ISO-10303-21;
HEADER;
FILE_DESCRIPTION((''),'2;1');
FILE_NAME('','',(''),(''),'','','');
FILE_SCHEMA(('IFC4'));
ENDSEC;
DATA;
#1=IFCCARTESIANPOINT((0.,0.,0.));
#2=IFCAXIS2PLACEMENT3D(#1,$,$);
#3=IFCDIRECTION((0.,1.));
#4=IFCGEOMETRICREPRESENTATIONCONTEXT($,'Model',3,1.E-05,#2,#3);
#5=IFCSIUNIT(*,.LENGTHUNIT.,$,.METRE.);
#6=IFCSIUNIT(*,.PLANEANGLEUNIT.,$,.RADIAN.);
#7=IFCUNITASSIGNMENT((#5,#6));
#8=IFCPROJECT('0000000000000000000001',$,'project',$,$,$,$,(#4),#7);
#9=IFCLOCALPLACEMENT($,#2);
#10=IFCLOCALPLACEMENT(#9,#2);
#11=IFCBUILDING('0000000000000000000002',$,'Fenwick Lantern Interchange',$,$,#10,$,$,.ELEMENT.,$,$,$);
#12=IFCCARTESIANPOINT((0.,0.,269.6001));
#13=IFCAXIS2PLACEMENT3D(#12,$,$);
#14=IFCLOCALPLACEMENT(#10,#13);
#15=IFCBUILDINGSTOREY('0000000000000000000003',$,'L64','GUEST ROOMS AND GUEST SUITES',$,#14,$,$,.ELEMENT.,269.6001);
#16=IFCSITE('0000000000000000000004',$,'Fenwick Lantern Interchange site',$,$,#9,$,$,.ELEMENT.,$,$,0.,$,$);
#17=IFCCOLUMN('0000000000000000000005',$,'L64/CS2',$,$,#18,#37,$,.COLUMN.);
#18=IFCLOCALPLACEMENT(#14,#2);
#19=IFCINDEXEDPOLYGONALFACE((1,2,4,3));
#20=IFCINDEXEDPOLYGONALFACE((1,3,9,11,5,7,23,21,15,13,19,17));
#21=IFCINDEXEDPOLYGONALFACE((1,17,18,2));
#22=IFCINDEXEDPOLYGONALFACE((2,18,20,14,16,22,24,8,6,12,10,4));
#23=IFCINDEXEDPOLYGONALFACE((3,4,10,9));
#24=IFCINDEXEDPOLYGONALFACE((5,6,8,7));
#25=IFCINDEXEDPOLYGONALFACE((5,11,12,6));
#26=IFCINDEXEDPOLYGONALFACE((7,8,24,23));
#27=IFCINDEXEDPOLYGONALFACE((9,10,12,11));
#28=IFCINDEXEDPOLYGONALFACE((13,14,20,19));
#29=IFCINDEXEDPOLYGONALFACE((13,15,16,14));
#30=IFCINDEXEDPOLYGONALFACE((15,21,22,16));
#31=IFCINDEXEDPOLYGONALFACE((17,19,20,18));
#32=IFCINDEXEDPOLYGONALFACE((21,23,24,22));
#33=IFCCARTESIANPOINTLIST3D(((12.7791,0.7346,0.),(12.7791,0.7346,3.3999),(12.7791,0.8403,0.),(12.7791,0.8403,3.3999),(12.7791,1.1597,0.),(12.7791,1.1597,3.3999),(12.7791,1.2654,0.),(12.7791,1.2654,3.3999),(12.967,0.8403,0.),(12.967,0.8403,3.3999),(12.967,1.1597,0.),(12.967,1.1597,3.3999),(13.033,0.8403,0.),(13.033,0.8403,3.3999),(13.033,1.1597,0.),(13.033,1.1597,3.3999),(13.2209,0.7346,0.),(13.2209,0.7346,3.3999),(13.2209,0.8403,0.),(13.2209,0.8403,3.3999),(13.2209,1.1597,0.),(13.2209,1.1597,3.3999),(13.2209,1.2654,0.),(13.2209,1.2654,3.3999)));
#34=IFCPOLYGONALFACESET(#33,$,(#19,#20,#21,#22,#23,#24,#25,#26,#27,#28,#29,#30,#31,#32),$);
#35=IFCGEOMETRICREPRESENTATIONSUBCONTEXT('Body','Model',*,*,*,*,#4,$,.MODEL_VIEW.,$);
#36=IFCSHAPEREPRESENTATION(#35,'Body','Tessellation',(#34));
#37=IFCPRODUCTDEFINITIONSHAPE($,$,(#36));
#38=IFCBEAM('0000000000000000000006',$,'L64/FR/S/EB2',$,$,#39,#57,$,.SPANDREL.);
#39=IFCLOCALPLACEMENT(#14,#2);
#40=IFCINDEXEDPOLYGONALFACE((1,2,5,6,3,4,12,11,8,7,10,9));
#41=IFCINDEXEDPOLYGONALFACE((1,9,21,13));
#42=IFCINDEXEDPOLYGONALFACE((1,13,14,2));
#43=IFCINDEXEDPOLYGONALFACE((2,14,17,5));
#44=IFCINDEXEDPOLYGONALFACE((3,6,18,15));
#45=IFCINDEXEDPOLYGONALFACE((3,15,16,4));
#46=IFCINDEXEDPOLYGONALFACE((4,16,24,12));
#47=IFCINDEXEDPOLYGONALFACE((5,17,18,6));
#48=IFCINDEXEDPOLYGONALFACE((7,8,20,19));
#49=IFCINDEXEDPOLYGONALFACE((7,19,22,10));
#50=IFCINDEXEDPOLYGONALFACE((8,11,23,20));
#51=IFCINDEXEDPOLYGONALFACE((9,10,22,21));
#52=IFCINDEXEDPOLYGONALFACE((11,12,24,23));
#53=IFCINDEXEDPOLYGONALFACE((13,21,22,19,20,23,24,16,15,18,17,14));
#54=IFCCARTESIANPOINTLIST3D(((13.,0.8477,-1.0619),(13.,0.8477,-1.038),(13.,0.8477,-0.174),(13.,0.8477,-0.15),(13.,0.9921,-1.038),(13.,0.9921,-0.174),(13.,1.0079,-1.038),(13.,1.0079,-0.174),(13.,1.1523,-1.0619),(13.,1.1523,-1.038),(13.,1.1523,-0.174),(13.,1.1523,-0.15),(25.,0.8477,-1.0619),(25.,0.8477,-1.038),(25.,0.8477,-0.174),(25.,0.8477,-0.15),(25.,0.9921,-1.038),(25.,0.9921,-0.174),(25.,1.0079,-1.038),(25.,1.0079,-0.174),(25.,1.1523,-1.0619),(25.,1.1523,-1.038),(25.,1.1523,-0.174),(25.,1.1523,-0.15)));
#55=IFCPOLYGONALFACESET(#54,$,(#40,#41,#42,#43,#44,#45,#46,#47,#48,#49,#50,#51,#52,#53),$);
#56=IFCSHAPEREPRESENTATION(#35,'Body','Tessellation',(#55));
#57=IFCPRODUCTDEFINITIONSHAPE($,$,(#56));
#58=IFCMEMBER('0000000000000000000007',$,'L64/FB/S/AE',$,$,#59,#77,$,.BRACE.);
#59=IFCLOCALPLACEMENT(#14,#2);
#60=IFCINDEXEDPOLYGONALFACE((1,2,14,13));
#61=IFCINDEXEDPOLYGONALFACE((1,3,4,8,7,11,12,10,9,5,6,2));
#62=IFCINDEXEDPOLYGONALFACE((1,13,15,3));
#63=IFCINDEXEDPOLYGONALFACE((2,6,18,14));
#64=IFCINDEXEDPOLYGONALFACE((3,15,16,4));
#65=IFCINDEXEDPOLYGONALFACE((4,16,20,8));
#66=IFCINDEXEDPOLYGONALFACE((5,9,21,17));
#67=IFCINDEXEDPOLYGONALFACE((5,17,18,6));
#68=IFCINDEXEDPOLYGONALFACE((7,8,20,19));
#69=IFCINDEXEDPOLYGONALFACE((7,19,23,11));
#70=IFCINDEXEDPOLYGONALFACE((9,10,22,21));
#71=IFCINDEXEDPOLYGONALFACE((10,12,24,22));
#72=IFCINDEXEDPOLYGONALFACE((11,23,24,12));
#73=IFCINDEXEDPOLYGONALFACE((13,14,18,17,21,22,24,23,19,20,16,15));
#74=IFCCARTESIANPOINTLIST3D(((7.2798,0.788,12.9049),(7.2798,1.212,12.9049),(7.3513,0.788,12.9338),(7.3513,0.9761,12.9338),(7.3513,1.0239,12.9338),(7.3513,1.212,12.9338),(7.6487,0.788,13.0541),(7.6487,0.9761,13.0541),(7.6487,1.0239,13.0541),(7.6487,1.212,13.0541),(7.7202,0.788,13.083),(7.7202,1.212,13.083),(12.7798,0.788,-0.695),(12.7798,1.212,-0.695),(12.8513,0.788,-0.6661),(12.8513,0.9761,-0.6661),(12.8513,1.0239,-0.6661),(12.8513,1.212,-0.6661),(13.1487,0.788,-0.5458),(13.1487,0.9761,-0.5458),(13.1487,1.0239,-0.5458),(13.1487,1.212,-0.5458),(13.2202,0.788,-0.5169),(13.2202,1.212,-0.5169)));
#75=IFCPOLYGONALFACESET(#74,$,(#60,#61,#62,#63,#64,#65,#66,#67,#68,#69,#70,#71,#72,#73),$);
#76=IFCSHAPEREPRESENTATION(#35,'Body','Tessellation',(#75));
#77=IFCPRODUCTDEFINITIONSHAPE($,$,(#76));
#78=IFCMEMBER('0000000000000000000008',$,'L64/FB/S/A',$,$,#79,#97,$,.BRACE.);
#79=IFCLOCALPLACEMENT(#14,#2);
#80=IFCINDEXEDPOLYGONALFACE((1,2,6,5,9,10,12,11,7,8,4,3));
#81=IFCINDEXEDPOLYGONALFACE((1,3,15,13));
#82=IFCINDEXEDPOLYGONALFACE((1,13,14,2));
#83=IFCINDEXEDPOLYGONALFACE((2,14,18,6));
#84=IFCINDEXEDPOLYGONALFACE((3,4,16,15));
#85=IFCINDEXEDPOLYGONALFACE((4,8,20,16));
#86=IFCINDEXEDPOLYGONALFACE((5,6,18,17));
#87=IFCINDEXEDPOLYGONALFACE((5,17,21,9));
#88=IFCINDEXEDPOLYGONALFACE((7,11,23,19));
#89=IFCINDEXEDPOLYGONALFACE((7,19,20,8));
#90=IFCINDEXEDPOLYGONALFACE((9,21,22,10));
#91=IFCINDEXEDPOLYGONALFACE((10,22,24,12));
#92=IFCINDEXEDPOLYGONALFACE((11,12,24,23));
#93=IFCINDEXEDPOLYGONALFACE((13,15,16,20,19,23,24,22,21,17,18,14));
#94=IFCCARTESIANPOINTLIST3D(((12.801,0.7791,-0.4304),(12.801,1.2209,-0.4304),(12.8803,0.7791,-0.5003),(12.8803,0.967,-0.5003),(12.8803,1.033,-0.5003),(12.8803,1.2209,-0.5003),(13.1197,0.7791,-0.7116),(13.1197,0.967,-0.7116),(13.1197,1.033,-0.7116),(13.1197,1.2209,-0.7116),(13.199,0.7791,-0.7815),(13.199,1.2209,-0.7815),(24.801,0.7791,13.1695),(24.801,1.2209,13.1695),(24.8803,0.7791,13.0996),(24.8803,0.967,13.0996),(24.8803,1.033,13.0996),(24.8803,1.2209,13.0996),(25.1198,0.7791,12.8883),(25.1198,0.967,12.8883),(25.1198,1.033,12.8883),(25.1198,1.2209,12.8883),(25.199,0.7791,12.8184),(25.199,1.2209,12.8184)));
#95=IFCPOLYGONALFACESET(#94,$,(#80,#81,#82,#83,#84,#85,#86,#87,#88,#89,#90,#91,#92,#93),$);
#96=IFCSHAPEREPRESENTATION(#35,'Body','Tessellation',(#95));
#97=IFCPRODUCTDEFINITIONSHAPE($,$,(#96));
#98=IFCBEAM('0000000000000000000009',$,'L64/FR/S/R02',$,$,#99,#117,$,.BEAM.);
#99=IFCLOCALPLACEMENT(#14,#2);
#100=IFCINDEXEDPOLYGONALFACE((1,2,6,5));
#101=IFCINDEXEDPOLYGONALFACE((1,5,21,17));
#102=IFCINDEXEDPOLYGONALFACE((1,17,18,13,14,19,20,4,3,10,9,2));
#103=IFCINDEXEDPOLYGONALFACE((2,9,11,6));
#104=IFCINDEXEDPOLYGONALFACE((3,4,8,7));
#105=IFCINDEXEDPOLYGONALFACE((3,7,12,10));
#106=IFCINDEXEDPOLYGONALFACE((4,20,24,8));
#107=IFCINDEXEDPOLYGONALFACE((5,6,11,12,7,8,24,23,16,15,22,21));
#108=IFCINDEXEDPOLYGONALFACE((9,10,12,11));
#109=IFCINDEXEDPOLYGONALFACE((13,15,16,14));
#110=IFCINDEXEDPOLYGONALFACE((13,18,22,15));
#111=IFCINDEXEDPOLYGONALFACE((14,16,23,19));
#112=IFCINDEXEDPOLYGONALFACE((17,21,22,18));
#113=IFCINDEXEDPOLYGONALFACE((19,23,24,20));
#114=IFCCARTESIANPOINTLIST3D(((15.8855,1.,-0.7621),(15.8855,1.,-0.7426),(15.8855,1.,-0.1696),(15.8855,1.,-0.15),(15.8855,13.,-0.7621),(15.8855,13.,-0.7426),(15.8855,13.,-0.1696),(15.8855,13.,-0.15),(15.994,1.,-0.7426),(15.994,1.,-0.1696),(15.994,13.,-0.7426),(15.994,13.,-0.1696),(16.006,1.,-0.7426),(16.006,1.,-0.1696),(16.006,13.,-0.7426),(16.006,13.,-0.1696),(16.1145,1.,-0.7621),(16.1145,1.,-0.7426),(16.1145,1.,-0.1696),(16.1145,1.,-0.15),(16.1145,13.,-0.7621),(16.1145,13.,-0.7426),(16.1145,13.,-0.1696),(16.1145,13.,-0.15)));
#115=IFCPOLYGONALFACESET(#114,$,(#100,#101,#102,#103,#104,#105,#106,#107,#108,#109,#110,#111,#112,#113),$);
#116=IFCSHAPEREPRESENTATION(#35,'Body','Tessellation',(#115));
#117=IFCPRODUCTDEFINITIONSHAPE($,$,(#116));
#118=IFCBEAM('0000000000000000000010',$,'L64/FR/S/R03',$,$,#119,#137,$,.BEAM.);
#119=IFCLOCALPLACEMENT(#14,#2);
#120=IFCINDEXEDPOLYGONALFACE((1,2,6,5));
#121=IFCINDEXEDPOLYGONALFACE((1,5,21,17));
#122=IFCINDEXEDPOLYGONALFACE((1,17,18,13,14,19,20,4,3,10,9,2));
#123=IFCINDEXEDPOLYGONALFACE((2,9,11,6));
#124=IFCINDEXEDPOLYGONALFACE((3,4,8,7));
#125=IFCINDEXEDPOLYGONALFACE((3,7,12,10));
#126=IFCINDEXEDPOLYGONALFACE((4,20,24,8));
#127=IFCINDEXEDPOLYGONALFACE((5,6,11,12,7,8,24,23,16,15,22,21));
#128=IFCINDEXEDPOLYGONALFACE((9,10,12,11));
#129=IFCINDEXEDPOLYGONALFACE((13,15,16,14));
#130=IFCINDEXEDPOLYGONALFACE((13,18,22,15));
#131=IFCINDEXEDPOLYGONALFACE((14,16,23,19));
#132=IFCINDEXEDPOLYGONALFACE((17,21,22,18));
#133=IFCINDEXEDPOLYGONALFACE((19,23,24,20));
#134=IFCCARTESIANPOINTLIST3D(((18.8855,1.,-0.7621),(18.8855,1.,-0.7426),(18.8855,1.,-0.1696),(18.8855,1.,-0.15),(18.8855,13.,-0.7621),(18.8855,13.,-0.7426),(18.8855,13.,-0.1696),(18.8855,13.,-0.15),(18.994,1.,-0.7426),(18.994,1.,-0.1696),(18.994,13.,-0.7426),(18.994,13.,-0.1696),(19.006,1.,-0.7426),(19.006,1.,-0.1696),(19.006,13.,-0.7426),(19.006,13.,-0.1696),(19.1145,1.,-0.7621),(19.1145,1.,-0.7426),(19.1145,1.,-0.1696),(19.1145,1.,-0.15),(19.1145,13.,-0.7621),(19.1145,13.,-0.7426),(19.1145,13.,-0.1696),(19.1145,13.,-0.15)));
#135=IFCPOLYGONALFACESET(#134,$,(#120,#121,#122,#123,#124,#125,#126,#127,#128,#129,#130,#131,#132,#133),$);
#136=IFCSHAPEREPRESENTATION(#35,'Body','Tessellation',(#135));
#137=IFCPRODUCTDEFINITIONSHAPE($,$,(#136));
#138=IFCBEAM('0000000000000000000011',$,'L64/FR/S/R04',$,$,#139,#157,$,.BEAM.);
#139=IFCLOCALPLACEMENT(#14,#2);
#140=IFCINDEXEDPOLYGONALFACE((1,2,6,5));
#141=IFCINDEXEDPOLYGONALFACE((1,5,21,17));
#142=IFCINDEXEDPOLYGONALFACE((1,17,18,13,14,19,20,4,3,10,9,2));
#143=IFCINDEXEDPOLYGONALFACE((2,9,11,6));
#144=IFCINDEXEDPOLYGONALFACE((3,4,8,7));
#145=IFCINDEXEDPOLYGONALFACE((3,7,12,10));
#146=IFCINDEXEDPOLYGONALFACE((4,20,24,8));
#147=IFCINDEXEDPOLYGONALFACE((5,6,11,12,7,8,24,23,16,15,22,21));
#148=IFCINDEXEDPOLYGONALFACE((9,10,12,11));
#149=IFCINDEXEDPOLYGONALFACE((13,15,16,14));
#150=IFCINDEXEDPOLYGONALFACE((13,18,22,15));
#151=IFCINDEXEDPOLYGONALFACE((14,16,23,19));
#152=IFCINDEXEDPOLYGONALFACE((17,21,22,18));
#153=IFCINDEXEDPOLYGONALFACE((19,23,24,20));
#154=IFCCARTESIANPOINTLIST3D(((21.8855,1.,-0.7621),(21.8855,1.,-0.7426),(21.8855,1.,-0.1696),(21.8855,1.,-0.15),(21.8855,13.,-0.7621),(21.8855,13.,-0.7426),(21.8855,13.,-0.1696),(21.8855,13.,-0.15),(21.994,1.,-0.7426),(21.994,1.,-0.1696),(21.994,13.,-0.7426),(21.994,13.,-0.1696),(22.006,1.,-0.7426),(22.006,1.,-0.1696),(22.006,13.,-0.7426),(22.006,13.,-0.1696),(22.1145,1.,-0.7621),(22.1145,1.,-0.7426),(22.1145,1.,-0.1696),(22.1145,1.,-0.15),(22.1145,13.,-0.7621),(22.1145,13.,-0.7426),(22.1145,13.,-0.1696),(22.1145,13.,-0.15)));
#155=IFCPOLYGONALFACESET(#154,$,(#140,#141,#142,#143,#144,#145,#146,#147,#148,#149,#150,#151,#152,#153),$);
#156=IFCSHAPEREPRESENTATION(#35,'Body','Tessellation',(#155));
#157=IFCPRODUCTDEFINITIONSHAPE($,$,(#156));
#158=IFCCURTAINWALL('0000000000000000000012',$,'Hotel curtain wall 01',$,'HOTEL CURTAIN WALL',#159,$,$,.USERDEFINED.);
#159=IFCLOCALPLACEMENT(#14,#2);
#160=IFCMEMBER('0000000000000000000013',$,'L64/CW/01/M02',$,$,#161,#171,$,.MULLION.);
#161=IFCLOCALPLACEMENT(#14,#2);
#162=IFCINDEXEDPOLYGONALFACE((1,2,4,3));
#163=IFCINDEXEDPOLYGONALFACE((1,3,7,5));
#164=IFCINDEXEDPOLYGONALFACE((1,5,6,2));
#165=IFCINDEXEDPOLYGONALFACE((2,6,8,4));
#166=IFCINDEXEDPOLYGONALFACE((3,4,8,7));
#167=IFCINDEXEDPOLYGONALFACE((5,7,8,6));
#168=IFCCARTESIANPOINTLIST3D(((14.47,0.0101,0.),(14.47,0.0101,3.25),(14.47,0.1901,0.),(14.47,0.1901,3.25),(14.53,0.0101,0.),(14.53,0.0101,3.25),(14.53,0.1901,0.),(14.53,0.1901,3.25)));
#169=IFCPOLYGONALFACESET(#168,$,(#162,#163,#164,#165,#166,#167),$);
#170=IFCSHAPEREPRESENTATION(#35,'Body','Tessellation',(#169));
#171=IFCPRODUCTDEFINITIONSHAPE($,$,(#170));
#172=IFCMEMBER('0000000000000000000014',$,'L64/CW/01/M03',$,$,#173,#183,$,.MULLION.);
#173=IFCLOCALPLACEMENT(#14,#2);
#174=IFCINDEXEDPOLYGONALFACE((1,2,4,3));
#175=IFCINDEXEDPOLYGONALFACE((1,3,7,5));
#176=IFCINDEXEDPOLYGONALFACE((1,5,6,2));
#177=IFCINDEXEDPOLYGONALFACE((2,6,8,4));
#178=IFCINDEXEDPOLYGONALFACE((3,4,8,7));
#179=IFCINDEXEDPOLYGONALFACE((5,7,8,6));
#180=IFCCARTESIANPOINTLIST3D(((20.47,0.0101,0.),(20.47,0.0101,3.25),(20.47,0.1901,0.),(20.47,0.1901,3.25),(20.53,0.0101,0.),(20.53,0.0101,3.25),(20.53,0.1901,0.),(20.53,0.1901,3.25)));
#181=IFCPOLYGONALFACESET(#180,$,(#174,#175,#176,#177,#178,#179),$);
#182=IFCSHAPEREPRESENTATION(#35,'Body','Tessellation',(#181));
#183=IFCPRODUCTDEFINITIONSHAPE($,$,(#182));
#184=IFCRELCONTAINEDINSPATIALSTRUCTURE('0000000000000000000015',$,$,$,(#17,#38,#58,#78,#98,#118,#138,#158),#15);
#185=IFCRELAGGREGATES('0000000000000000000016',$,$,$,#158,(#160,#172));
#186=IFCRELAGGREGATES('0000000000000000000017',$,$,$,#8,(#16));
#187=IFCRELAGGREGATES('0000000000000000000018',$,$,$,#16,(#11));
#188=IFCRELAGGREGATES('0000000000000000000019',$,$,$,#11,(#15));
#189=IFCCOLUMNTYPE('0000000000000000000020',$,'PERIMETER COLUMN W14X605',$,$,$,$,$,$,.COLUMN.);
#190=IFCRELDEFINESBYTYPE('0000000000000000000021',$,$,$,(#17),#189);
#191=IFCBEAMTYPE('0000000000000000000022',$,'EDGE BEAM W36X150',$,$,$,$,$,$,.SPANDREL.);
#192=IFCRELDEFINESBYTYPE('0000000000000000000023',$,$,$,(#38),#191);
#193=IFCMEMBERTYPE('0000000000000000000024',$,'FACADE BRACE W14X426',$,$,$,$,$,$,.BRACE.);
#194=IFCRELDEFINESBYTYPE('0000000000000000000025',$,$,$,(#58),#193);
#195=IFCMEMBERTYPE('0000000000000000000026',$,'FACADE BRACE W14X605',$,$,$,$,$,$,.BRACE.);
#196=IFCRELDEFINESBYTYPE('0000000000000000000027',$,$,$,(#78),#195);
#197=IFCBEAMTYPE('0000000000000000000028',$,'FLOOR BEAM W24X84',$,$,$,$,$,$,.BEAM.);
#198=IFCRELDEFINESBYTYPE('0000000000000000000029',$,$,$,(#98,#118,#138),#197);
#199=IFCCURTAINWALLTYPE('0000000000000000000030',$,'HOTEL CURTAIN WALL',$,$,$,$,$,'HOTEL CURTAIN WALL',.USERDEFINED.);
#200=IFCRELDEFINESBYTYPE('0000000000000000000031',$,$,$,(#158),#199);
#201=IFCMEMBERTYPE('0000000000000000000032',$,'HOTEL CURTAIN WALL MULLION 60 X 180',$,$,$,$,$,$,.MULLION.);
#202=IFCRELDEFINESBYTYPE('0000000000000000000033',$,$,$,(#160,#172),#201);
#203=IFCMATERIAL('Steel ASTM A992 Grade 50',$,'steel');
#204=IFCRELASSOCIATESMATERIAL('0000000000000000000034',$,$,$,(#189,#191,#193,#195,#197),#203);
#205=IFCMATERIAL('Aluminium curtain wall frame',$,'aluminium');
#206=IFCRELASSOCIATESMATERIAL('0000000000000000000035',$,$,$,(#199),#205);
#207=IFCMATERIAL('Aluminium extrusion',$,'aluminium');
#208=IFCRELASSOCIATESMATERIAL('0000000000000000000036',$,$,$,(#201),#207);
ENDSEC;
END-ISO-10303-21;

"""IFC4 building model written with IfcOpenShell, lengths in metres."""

from ifc_helpers import new_model, si_unit, direction, frame, origin, origin_2d, place, context, subcontext, project, spatial, rectangle, i_section, extrude, material, material_profile, profile_set, type_object, element, aggregate, save


model = new_model("IFC4")

# Units and contexts
model_context = context("Model", 3, precision=1e-05, world=origin(), true_north=direction((0.0, 1.0)))
body_context = subcontext(model_context, "Body", "Model", "MODEL_VIEW")
ifc_project = project(units=[si_unit("LENGTHUNIT", "METRE"), si_unit("PLANEANGLEUNIT", "RADIAN")], contexts=[model_context])

# Site, building, storey
site_placement = place(None, origin())
site = spatial("IfcSite", under=ifc_project, at=site_placement, Name="Fenwick Lantern Interchange site", CompositionType="ELEMENT", RefElevation=0.0)
building_placement = place(site_placement, origin())
building = spatial("IfcBuilding", under=site, at=building_placement, Name="Fenwick Lantern Interchange", CompositionType="ELEMENT")
storey_placement = place(building_placement, frame((0.0, 0.0, 269.6001)))
storey = spatial("IfcBuildingStorey", under=building, at=storey_placement, Name="L64", Description="GUEST ROOMS AND GUEST SUITES", CompositionType="ELEMENT", Elevation=269.6001)

# Column
ifc_material_1 = material(Name="Steel ASTM A992 Grade 50", Category="steel")
ifc_material_profile_1 = material_profile(ifc_material_1, i_section(OverallWidth=0.4419, OverallDepth=0.5308, WebThickness=0.0659, FlangeThickness=0.1057, at=origin_2d()), Name="W14X605")
ifc_profile_set_1 = profile_set([ifc_material_profile_1], Name="Steel ASTM A992 Grade 50")
column_type = type_object("IfcColumnType", Name="PERIMETER COLUMN W14X605", PredefinedType="COLUMN", material=ifc_profile_set_1)
column_placement = place(storey_placement, frame((13.0, 1.0, 0.0), z_axis=(0.0, 0.0, 1.0), x_axis=(1.0, 0.0, 0.0)))
element("IfcColumn", 1, at=column_placement, inside=storey, type_object=column_type, Name="L64/CS2", PredefinedType="COLUMN", context=body_context, shape_type="SweptSolid", body=[
    extrude(i_section(OverallWidth=0.4419, OverallDepth=0.5308, WebThickness=0.0659, FlangeThickness=0.1057, at=origin_2d()), origin(), (0.0, 0.0, 1.0), 3.3999),
])

# Beam
ifc_material_profile_2 = material_profile(ifc_material_1, i_section(OverallWidth=0.3047, OverallDepth=0.9119, WebThickness=0.0159, FlangeThickness=0.0239, at=origin_2d()), Name="W36X150")
ifc_profile_set_2 = profile_set([ifc_material_profile_2], Name="Steel ASTM A992 Grade 50")
beam_type_1 = type_object("IfcBeamType", Name="EDGE BEAM W36X150", PredefinedType="SPANDREL", material=ifc_profile_set_2)
beam_1_placement = place(storey_placement, frame((13.0, 1.0, -0.606), z_axis=(1.0, 0.0, 0.0), x_axis=(0.0, 1.0, 0.0)))
element("IfcBeam", 2, at=beam_1_placement, inside=storey, type_object=beam_type_1, Name="L64/FR/S/EB2", PredefinedType="SPANDREL", context=body_context, shape_type="SweptSolid", body=[
    extrude(i_section(OverallWidth=0.3047, OverallDepth=0.9119, WebThickness=0.0159, FlangeThickness=0.0239, at=origin_2d()), origin(), (0.0, 0.0, 1.0), 12.0),
])

# Members
ifc_material_profile_3 = material_profile(ifc_material_1, i_section(OverallWidth=0.4241, OverallDepth=0.4751, WebThickness=0.0479, FlangeThickness=0.0771, at=origin_2d()), Name="W14X426")
ifc_profile_set_3 = profile_set([ifc_material_profile_3], Name="Steel ASTM A992 Grade 50")
member_type_1 = type_object("IfcMemberType", Name="FACADE BRACE W14X426", PredefinedType="BRACE", material=ifc_profile_set_3)
member_1_placement = place(storey_placement, frame((13.0, 1.0, -0.606), z_axis=(-0.374917, 0.0, 0.927058), x_axis=(0.0, -1.0, 0.0)))
element("IfcMember", 3, at=member_1_placement, inside=storey, type_object=member_type_1, Name="L64/FB/S/AE", PredefinedType="BRACE", context=body_context, shape_type="SweptSolid", body=[
    extrude(i_section(OverallWidth=0.4241, OverallDepth=0.4751, WebThickness=0.0479, FlangeThickness=0.0771, at=origin_2d()), origin(), (0.0, 0.0, 1.0), 14.6699),
])
ifc_material_profile_4 = material_profile(ifc_material_1, i_section(OverallWidth=0.4419, OverallDepth=0.5308, WebThickness=0.0659, FlangeThickness=0.1057, at=origin_2d()), Name="W14X605")
ifc_profile_set_4 = profile_set([ifc_material_profile_4], Name="Steel ASTM A992 Grade 50")
member_type_2 = type_object("IfcMemberType", Name="FACADE BRACE W14X605", PredefinedType="BRACE", material=ifc_profile_set_4)
member_2_placement = place(storey_placement, frame((13.0, 1.0, -0.606), z_axis=(0.661626, 0.0, 0.749834), x_axis=(0.0, 1.0, 0.0)))
element("IfcMember", 4, at=member_2_placement, inside=storey, type_object=member_type_2, Name="L64/FB/S/A", PredefinedType="BRACE", context=body_context, shape_type="SweptSolid", body=[
    extrude(i_section(OverallWidth=0.4419, OverallDepth=0.5308, WebThickness=0.0659, FlangeThickness=0.1057, at=origin_2d()), origin(), (0.0, 0.0, 1.0), 18.1372),
])

# Beams
ifc_material_profile_5 = material_profile(ifc_material_1, i_section(OverallWidth=0.229, OverallDepth=0.6121, WebThickness=0.012, FlangeThickness=0.0195, at=origin_2d()), Name="W24X84")
ifc_profile_set_5 = profile_set([ifc_material_profile_5], Name="Steel ASTM A992 Grade 50")
beam_type_2 = type_object("IfcBeamType", Name="FLOOR BEAM W24X84", PredefinedType="BEAM", material=ifc_profile_set_5)
for number, where, z_axis, x_axis, name in (
    (5, (16.0, 1.0, -0.4561), (0.0, 1.0, 0.0), (-1.0, 0.0, 0.0), "L64/FR/S/R02"),
    (6, (19.0, 1.0, -0.4561), (0.0, 1.0, 0.0), (-1.0, 0.0, 0.0), "L64/FR/S/R03"),
    (7, (22.0, 1.0, -0.4561), (0.0, 1.0, 0.0), (-1.0, 0.0, 0.0), "L64/FR/S/R04"),
):
    element("IfcBeam", number, at=place(storey_placement, frame(where, z_axis=z_axis, x_axis=x_axis)), inside=storey, type_object=beam_type_2, Name=name, PredefinedType="BEAM", context=body_context, shape_type="SweptSolid", body=[
        extrude(i_section(OverallWidth=0.229, OverallDepth=0.6121, WebThickness=0.012, FlangeThickness=0.0195, at=origin_2d()), origin(), (0.0, 0.0, 1.0), 12.0),
    ])

# Curtain wall, members
ifc_material_2 = material(Name="Aluminium curtain wall frame", Category="aluminium")
curtain_wall_type = type_object("IfcCurtainWallType", Name="HOTEL CURTAIN WALL", ElementType="HOTEL CURTAIN WALL", PredefinedType="USERDEFINED", material=ifc_material_2)
curtain_wall_placement = place(storey_placement, origin())
curtain_wall = element("IfcCurtainWall", 8, at=curtain_wall_placement, inside=storey, type_object=curtain_wall_type, Name="Hotel curtain wall 01", ObjectType="HOTEL CURTAIN WALL", PredefinedType="USERDEFINED")
ifc_material_3 = material(Name="Aluminium extrusion", Category="aluminium")
ifc_material_profile_6 = material_profile(ifc_material_3, rectangle(XDim=0.1799, YDim=0.0601, at=origin_2d()), Name="HOTEL CURTAIN WALL MULLION 60 X 180")
ifc_profile_set_6 = profile_set([ifc_material_profile_6], Name="Aluminium extrusion")
member_type_3 = type_object("IfcMemberType", Name="HOTEL CURTAIN WALL MULLION 60 X 180", PredefinedType="MULLION", material=ifc_profile_set_6)
member_3_placement = place(storey_placement, frame((14.5, 0.1001, 0.0), z_axis=(0.0, 0.0, 1.0), x_axis=(0.0, 1.0, 0.0)))
member_3 = element("IfcMember", 9, at=member_3_placement, type_object=member_type_3, Name="L64/CW/01/M02", PredefinedType="MULLION", context=body_context, shape_type="SweptSolid", body=[
    extrude(rectangle(XDim=0.1799, YDim=0.0601, at=origin_2d()), origin(), (0.0, 0.0, 1.0), 3.25),
])
member_4_placement = place(storey_placement, frame((20.5, 0.1001, 0.0), z_axis=(0.0, 0.0, 1.0), x_axis=(0.0, 1.0, 0.0)))
member_4 = element("IfcMember", 10, at=member_4_placement, type_object=member_type_3, Name="L64/CW/01/M03", PredefinedType="MULLION", context=body_context, shape_type="SweptSolid", body=[
    extrude(rectangle(XDim=0.1799, YDim=0.0601, at=origin_2d()), origin(), (0.0, 0.0, 1.0), 3.25),
])

aggregate(curtain_wall, [member_3, member_4])

save(model, "model.ifc")
